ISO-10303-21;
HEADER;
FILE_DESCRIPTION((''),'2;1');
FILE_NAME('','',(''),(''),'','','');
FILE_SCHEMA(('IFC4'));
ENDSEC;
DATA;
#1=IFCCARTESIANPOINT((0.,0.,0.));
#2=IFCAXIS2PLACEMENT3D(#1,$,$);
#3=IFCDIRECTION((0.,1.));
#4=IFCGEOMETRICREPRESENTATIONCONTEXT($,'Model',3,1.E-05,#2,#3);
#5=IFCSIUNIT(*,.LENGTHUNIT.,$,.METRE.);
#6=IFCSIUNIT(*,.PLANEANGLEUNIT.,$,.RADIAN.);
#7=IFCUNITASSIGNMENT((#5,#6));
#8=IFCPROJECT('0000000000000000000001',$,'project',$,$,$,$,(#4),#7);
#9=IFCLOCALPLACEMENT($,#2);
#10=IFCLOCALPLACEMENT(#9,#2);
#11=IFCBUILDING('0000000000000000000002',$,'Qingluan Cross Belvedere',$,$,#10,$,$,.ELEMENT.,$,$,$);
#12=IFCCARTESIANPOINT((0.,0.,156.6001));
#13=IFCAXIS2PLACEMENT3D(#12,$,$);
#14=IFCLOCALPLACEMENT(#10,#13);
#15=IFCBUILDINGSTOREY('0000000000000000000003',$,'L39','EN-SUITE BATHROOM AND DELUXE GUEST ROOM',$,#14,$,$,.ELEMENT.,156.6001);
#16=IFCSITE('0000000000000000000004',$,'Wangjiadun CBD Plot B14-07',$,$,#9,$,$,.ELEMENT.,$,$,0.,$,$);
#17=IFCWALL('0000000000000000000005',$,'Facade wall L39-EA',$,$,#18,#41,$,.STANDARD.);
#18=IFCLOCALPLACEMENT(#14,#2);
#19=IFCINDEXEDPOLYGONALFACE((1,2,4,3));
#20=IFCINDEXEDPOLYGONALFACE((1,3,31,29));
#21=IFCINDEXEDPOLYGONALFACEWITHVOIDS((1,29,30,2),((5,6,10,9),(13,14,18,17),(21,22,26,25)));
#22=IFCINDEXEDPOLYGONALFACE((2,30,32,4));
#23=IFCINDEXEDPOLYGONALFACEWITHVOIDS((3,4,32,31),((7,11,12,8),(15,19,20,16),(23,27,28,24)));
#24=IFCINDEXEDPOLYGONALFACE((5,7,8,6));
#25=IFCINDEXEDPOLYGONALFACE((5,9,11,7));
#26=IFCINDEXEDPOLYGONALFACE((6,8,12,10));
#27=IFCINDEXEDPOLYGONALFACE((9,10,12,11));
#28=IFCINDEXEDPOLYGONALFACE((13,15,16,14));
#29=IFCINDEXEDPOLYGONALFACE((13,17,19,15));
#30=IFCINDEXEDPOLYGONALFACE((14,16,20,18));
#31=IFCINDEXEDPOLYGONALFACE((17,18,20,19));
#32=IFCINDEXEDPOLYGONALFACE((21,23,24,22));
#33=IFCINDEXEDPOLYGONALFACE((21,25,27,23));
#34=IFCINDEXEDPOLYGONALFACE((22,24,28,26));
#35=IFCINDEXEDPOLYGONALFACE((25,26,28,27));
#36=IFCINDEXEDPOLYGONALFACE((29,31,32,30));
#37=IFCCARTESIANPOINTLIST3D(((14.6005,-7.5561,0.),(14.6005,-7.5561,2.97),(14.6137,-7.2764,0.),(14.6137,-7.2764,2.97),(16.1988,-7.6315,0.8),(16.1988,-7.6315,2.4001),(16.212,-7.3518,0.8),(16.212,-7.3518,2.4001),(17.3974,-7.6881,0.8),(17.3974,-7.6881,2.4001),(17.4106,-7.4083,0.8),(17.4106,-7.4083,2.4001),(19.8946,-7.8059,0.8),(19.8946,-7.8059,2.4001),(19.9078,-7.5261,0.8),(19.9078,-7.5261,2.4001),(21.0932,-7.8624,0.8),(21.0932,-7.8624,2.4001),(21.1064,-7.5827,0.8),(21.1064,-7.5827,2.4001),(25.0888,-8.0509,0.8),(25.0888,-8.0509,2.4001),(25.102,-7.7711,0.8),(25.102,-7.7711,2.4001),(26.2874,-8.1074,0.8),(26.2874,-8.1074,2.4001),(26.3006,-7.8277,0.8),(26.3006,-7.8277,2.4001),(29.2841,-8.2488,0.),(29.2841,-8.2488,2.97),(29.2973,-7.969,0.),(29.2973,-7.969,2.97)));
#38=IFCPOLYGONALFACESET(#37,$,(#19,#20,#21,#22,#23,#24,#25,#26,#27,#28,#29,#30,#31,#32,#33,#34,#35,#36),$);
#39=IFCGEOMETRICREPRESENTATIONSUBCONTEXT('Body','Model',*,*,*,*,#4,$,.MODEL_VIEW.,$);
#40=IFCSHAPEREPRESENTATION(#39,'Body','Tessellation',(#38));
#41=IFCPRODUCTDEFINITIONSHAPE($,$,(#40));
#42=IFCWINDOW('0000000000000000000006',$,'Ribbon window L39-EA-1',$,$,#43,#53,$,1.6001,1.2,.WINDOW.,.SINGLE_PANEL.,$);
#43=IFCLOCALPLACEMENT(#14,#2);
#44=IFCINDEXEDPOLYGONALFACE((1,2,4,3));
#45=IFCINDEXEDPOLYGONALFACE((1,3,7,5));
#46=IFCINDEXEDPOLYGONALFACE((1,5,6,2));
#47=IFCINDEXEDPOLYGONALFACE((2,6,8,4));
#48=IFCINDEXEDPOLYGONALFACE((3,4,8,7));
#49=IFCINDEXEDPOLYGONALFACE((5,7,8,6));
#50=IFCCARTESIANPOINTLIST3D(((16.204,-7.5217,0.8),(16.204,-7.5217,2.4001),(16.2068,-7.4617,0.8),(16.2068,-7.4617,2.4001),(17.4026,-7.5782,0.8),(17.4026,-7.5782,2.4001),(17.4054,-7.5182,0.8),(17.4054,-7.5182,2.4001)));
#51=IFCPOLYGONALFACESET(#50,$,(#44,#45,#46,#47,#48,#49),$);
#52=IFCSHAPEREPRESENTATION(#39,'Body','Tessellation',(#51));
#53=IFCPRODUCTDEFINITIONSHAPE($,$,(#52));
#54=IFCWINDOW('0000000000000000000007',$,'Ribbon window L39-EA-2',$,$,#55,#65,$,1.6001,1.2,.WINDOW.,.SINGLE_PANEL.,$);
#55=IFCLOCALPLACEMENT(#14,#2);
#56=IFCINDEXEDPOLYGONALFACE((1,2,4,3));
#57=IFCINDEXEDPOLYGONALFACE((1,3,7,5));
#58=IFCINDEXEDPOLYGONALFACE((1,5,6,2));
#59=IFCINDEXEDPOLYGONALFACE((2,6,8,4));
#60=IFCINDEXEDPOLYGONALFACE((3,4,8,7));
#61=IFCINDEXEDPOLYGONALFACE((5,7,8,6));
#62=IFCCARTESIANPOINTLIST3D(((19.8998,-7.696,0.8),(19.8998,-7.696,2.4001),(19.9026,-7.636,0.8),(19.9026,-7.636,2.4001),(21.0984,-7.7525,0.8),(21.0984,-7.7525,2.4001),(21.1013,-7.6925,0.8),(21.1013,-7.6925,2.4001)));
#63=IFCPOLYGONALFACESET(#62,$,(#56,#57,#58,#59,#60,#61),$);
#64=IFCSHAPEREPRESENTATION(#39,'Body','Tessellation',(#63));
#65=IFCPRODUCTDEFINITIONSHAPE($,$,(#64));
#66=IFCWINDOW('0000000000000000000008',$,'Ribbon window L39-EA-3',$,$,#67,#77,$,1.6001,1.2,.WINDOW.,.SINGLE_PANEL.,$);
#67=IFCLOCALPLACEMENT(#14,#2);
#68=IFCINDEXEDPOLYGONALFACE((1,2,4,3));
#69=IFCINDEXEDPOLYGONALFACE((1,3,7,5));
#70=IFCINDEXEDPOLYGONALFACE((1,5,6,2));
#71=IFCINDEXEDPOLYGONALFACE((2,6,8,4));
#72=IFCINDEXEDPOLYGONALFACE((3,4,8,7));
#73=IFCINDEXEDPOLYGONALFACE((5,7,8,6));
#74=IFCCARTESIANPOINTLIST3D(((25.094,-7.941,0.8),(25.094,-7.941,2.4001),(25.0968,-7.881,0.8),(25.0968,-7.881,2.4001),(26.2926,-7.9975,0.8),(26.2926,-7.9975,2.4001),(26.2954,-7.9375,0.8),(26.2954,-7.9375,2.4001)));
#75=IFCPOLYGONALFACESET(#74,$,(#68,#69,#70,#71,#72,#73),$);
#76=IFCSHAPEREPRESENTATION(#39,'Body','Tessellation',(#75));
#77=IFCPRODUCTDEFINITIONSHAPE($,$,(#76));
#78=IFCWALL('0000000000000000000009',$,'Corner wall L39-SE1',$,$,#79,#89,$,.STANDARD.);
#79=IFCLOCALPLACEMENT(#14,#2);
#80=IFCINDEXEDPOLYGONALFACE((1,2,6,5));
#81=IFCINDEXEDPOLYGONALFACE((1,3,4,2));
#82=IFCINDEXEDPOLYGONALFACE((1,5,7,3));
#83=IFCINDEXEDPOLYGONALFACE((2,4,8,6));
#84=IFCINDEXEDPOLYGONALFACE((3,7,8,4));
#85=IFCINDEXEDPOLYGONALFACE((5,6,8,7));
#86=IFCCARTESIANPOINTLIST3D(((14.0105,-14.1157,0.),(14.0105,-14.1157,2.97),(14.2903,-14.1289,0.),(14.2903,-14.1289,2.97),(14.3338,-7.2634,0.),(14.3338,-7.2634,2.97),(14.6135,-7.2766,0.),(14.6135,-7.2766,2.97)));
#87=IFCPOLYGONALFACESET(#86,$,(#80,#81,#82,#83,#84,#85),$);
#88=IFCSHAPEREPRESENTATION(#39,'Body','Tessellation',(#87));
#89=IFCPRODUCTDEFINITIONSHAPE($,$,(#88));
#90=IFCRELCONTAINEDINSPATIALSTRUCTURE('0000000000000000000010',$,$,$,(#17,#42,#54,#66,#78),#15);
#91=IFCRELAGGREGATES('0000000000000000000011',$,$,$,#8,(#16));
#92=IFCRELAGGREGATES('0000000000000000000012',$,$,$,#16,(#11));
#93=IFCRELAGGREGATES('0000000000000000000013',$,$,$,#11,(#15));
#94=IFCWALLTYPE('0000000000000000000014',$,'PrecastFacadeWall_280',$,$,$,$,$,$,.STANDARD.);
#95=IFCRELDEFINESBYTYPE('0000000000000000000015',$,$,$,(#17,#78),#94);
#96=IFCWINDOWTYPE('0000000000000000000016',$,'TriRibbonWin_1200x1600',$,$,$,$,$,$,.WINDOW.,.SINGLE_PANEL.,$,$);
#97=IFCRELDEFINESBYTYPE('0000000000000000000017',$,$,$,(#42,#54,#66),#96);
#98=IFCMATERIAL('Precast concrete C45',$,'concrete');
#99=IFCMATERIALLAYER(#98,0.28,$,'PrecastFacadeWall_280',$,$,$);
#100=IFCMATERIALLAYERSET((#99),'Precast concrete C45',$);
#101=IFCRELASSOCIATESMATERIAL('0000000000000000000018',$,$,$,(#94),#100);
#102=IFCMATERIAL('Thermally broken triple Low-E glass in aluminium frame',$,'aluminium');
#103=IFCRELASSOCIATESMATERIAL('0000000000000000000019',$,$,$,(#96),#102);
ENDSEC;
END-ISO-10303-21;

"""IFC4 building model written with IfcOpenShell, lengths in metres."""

from ifc_helpers import new_model, si_unit, direction, frame, frame_2d, origin, place, context, subcontext, project, spatial, rectangle, extrude, material, layer, layer_set, type_object, element, fill, save


model = new_model("IFC4")

# Units and contexts
model_context = context("Model", 3, precision=1e-05, world=origin(), true_north=direction((0.0, 1.0)))
body_context = subcontext(model_context, "Body", "Model", "MODEL_VIEW")
ifc_project = project(units=[si_unit("LENGTHUNIT", "METRE"), si_unit("PLANEANGLEUNIT", "RADIAN")], contexts=[model_context])

# Site, building, storey
site_placement = place(None, origin())
site = spatial("IfcSite", under=ifc_project, at=site_placement, Name="Wangjiadun CBD Plot B14-07", CompositionType="ELEMENT", RefElevation=0.0)
building_placement = place(site_placement, origin())
building = spatial("IfcBuilding", under=site, at=building_placement, Name="Qingluan Cross Belvedere", CompositionType="ELEMENT")
storey_placement = place(building_placement, frame((0.0, 0.0, 156.6001)))
storey = spatial("IfcBuildingStorey", under=building, at=storey_placement, Name="L39", Description="EN-SUITE BATHROOM AND DELUXE GUEST ROOM", CompositionType="ELEMENT", Elevation=156.6001)

# Wall, openings, windows
ifc_material_1 = material(Name="Precast concrete C45", Category="concrete")
ifc_layer_1 = layer(ifc_material_1, 0.28, Name="PrecastFacadeWall_280")
ifc_layer_set_1 = layer_set([ifc_layer_1], Name="Precast concrete C45")
wall_type_1 = type_object("IfcWallType", Name="PrecastFacadeWall_280", PredefinedType="STANDARD", material=ifc_layer_set_1)
wall_1_placement = place(storey_placement, frame((14.6069, -7.4163, 0.0), z_axis=(0.0, 0.0, 1.0), x_axis=(0.998889, -0.047118, 0.0)))
wall_1 = element("IfcWall", 1, at=wall_1_placement, inside=storey, type_object=wall_type_1, Name="Facade wall L39-EA", PredefinedType="STANDARD", context=body_context, shape_type="SweptSolid", body=[
    extrude(rectangle(XDim=14.7, YDim=0.28, at=frame_2d((7.3501, 0.0))), origin(), (0.0, 0.0, 1.0), 2.97),
])
opening_1_placement = place(wall_1_placement, frame((1.6001, 0.0, 0.8)))
opening_1 = element("IfcOpeningElement", 2, at=opening_1_placement, cuts=wall_1, PredefinedType="OPENING", context=body_context, shape_type="SweptSolid", body=[
    extrude(rectangle(XDim=1.2, YDim=1.6001, at=frame_2d((0.6001, 0.8))), frame((0.0, 0.1499, 0.0), z_axis=(0.0, -1.0, 0.0), x_axis=(1.0, 0.0, 0.0)), (0.0, 0.0, 1.0), 0.3),
])
opening_2_placement = place(wall_1_placement, frame((5.3, 0.0, 0.8)))
opening_2 = element("IfcOpeningElement", 3, at=opening_2_placement, cuts=wall_1, PredefinedType="OPENING", context=body_context, shape_type="SweptSolid", body=[
    extrude(rectangle(XDim=1.2, YDim=1.6001, at=frame_2d((0.6001, 0.8))), frame((0.0, 0.1499, 0.0), z_axis=(0.0, -1.0, 0.0), x_axis=(1.0, 0.0, 0.0)), (0.0, 0.0, 1.0), 0.3),
])
opening_3_placement = place(wall_1_placement, frame((10.5, 0.0, 0.8)))
opening_3 = element("IfcOpeningElement", 4, at=opening_3_placement, cuts=wall_1, PredefinedType="OPENING", context=body_context, shape_type="SweptSolid", body=[
    extrude(rectangle(XDim=1.2, YDim=1.6001, at=frame_2d((0.6001, 0.8))), frame((0.0, 0.1499, 0.0), z_axis=(0.0, -1.0, 0.0), x_axis=(1.0, 0.0, 0.0)), (0.0, 0.0, 1.0), 0.3),
])
ifc_material_2 = material(Name="Thermally broken triple Low-E glass in aluminium frame", Category="aluminium")
window_type = type_object("IfcWindowType", Name="TriRibbonWin_1200x1600", PartitioningType="SINGLE_PANEL", PredefinedType="WINDOW", material=ifc_material_2)
window_1_placement = place(opening_1_placement, origin())
window_1 = element("IfcWindow", 5, at=window_1_placement, inside=storey, type_object=window_type, Name="Ribbon window L39-EA-1", OverallHeight=1.6001, OverallWidth=1.2, PartitioningType="SINGLE_PANEL", PredefinedType="WINDOW", context=body_context, shape_type="SweptSolid", body=[
    extrude(rectangle(XDim=1.2, YDim=1.6001, at=frame_2d((0.6001, 0.8))), frame((0.0, 0.03, 0.0), z_axis=(0.0, -1.0, 0.0), x_axis=(1.0, 0.0, 0.0)), (0.0, 0.0, 1.0), 0.0601),
])
fill(opening_1, window_1)
window_2_placement = place(opening_2_placement, origin())
window_2 = element("IfcWindow", 6, at=window_2_placement, inside=storey, type_object=window_type, Name="Ribbon window L39-EA-2", OverallHeight=1.6001, OverallWidth=1.2, PartitioningType="SINGLE_PANEL", PredefinedType="WINDOW", context=body_context, shape_type="SweptSolid", body=[
    extrude(rectangle(XDim=1.2, YDim=1.6001, at=frame_2d((0.6001, 0.8))), frame((0.0, 0.03, 0.0), z_axis=(0.0, -1.0, 0.0), x_axis=(1.0, 0.0, 0.0)), (0.0, 0.0, 1.0), 0.0601),
])
fill(opening_2, window_2)
window_3_placement = place(opening_3_placement, origin())
window_3 = element("IfcWindow", 7, at=window_3_placement, inside=storey, type_object=window_type, Name="Ribbon window L39-EA-3", OverallHeight=1.6001, OverallWidth=1.2, PartitioningType="SINGLE_PANEL", PredefinedType="WINDOW", context=body_context, shape_type="SweptSolid", body=[
    extrude(rectangle(XDim=1.2, YDim=1.6001, at=frame_2d((0.6001, 0.8))), frame((0.0, 0.03, 0.0), z_axis=(0.0, -1.0, 0.0), x_axis=(1.0, 0.0, 0.0)), (0.0, 0.0, 1.0), 0.0601),
])
fill(opening_3, window_3)

# Wall
wall_2_placement = place(storey_placement, frame((14.4736, -7.27, 0.0), z_axis=(0.0, 0.0, 1.0), x_axis=(-0.04712, -0.998889, 0.0)))
element("IfcWall", 8, at=wall_2_placement, inside=storey, type_object=wall_type_1, Name="Corner wall L39-SE1", PredefinedType="STANDARD", context=body_context, shape_type="SweptSolid", body=[
    extrude(rectangle(XDim=6.8599, YDim=0.28, at=frame_2d((3.4299, 0.0))), origin(), (0.0, 0.0, 1.0), 2.97),
])

save(model, "model.ifc")
